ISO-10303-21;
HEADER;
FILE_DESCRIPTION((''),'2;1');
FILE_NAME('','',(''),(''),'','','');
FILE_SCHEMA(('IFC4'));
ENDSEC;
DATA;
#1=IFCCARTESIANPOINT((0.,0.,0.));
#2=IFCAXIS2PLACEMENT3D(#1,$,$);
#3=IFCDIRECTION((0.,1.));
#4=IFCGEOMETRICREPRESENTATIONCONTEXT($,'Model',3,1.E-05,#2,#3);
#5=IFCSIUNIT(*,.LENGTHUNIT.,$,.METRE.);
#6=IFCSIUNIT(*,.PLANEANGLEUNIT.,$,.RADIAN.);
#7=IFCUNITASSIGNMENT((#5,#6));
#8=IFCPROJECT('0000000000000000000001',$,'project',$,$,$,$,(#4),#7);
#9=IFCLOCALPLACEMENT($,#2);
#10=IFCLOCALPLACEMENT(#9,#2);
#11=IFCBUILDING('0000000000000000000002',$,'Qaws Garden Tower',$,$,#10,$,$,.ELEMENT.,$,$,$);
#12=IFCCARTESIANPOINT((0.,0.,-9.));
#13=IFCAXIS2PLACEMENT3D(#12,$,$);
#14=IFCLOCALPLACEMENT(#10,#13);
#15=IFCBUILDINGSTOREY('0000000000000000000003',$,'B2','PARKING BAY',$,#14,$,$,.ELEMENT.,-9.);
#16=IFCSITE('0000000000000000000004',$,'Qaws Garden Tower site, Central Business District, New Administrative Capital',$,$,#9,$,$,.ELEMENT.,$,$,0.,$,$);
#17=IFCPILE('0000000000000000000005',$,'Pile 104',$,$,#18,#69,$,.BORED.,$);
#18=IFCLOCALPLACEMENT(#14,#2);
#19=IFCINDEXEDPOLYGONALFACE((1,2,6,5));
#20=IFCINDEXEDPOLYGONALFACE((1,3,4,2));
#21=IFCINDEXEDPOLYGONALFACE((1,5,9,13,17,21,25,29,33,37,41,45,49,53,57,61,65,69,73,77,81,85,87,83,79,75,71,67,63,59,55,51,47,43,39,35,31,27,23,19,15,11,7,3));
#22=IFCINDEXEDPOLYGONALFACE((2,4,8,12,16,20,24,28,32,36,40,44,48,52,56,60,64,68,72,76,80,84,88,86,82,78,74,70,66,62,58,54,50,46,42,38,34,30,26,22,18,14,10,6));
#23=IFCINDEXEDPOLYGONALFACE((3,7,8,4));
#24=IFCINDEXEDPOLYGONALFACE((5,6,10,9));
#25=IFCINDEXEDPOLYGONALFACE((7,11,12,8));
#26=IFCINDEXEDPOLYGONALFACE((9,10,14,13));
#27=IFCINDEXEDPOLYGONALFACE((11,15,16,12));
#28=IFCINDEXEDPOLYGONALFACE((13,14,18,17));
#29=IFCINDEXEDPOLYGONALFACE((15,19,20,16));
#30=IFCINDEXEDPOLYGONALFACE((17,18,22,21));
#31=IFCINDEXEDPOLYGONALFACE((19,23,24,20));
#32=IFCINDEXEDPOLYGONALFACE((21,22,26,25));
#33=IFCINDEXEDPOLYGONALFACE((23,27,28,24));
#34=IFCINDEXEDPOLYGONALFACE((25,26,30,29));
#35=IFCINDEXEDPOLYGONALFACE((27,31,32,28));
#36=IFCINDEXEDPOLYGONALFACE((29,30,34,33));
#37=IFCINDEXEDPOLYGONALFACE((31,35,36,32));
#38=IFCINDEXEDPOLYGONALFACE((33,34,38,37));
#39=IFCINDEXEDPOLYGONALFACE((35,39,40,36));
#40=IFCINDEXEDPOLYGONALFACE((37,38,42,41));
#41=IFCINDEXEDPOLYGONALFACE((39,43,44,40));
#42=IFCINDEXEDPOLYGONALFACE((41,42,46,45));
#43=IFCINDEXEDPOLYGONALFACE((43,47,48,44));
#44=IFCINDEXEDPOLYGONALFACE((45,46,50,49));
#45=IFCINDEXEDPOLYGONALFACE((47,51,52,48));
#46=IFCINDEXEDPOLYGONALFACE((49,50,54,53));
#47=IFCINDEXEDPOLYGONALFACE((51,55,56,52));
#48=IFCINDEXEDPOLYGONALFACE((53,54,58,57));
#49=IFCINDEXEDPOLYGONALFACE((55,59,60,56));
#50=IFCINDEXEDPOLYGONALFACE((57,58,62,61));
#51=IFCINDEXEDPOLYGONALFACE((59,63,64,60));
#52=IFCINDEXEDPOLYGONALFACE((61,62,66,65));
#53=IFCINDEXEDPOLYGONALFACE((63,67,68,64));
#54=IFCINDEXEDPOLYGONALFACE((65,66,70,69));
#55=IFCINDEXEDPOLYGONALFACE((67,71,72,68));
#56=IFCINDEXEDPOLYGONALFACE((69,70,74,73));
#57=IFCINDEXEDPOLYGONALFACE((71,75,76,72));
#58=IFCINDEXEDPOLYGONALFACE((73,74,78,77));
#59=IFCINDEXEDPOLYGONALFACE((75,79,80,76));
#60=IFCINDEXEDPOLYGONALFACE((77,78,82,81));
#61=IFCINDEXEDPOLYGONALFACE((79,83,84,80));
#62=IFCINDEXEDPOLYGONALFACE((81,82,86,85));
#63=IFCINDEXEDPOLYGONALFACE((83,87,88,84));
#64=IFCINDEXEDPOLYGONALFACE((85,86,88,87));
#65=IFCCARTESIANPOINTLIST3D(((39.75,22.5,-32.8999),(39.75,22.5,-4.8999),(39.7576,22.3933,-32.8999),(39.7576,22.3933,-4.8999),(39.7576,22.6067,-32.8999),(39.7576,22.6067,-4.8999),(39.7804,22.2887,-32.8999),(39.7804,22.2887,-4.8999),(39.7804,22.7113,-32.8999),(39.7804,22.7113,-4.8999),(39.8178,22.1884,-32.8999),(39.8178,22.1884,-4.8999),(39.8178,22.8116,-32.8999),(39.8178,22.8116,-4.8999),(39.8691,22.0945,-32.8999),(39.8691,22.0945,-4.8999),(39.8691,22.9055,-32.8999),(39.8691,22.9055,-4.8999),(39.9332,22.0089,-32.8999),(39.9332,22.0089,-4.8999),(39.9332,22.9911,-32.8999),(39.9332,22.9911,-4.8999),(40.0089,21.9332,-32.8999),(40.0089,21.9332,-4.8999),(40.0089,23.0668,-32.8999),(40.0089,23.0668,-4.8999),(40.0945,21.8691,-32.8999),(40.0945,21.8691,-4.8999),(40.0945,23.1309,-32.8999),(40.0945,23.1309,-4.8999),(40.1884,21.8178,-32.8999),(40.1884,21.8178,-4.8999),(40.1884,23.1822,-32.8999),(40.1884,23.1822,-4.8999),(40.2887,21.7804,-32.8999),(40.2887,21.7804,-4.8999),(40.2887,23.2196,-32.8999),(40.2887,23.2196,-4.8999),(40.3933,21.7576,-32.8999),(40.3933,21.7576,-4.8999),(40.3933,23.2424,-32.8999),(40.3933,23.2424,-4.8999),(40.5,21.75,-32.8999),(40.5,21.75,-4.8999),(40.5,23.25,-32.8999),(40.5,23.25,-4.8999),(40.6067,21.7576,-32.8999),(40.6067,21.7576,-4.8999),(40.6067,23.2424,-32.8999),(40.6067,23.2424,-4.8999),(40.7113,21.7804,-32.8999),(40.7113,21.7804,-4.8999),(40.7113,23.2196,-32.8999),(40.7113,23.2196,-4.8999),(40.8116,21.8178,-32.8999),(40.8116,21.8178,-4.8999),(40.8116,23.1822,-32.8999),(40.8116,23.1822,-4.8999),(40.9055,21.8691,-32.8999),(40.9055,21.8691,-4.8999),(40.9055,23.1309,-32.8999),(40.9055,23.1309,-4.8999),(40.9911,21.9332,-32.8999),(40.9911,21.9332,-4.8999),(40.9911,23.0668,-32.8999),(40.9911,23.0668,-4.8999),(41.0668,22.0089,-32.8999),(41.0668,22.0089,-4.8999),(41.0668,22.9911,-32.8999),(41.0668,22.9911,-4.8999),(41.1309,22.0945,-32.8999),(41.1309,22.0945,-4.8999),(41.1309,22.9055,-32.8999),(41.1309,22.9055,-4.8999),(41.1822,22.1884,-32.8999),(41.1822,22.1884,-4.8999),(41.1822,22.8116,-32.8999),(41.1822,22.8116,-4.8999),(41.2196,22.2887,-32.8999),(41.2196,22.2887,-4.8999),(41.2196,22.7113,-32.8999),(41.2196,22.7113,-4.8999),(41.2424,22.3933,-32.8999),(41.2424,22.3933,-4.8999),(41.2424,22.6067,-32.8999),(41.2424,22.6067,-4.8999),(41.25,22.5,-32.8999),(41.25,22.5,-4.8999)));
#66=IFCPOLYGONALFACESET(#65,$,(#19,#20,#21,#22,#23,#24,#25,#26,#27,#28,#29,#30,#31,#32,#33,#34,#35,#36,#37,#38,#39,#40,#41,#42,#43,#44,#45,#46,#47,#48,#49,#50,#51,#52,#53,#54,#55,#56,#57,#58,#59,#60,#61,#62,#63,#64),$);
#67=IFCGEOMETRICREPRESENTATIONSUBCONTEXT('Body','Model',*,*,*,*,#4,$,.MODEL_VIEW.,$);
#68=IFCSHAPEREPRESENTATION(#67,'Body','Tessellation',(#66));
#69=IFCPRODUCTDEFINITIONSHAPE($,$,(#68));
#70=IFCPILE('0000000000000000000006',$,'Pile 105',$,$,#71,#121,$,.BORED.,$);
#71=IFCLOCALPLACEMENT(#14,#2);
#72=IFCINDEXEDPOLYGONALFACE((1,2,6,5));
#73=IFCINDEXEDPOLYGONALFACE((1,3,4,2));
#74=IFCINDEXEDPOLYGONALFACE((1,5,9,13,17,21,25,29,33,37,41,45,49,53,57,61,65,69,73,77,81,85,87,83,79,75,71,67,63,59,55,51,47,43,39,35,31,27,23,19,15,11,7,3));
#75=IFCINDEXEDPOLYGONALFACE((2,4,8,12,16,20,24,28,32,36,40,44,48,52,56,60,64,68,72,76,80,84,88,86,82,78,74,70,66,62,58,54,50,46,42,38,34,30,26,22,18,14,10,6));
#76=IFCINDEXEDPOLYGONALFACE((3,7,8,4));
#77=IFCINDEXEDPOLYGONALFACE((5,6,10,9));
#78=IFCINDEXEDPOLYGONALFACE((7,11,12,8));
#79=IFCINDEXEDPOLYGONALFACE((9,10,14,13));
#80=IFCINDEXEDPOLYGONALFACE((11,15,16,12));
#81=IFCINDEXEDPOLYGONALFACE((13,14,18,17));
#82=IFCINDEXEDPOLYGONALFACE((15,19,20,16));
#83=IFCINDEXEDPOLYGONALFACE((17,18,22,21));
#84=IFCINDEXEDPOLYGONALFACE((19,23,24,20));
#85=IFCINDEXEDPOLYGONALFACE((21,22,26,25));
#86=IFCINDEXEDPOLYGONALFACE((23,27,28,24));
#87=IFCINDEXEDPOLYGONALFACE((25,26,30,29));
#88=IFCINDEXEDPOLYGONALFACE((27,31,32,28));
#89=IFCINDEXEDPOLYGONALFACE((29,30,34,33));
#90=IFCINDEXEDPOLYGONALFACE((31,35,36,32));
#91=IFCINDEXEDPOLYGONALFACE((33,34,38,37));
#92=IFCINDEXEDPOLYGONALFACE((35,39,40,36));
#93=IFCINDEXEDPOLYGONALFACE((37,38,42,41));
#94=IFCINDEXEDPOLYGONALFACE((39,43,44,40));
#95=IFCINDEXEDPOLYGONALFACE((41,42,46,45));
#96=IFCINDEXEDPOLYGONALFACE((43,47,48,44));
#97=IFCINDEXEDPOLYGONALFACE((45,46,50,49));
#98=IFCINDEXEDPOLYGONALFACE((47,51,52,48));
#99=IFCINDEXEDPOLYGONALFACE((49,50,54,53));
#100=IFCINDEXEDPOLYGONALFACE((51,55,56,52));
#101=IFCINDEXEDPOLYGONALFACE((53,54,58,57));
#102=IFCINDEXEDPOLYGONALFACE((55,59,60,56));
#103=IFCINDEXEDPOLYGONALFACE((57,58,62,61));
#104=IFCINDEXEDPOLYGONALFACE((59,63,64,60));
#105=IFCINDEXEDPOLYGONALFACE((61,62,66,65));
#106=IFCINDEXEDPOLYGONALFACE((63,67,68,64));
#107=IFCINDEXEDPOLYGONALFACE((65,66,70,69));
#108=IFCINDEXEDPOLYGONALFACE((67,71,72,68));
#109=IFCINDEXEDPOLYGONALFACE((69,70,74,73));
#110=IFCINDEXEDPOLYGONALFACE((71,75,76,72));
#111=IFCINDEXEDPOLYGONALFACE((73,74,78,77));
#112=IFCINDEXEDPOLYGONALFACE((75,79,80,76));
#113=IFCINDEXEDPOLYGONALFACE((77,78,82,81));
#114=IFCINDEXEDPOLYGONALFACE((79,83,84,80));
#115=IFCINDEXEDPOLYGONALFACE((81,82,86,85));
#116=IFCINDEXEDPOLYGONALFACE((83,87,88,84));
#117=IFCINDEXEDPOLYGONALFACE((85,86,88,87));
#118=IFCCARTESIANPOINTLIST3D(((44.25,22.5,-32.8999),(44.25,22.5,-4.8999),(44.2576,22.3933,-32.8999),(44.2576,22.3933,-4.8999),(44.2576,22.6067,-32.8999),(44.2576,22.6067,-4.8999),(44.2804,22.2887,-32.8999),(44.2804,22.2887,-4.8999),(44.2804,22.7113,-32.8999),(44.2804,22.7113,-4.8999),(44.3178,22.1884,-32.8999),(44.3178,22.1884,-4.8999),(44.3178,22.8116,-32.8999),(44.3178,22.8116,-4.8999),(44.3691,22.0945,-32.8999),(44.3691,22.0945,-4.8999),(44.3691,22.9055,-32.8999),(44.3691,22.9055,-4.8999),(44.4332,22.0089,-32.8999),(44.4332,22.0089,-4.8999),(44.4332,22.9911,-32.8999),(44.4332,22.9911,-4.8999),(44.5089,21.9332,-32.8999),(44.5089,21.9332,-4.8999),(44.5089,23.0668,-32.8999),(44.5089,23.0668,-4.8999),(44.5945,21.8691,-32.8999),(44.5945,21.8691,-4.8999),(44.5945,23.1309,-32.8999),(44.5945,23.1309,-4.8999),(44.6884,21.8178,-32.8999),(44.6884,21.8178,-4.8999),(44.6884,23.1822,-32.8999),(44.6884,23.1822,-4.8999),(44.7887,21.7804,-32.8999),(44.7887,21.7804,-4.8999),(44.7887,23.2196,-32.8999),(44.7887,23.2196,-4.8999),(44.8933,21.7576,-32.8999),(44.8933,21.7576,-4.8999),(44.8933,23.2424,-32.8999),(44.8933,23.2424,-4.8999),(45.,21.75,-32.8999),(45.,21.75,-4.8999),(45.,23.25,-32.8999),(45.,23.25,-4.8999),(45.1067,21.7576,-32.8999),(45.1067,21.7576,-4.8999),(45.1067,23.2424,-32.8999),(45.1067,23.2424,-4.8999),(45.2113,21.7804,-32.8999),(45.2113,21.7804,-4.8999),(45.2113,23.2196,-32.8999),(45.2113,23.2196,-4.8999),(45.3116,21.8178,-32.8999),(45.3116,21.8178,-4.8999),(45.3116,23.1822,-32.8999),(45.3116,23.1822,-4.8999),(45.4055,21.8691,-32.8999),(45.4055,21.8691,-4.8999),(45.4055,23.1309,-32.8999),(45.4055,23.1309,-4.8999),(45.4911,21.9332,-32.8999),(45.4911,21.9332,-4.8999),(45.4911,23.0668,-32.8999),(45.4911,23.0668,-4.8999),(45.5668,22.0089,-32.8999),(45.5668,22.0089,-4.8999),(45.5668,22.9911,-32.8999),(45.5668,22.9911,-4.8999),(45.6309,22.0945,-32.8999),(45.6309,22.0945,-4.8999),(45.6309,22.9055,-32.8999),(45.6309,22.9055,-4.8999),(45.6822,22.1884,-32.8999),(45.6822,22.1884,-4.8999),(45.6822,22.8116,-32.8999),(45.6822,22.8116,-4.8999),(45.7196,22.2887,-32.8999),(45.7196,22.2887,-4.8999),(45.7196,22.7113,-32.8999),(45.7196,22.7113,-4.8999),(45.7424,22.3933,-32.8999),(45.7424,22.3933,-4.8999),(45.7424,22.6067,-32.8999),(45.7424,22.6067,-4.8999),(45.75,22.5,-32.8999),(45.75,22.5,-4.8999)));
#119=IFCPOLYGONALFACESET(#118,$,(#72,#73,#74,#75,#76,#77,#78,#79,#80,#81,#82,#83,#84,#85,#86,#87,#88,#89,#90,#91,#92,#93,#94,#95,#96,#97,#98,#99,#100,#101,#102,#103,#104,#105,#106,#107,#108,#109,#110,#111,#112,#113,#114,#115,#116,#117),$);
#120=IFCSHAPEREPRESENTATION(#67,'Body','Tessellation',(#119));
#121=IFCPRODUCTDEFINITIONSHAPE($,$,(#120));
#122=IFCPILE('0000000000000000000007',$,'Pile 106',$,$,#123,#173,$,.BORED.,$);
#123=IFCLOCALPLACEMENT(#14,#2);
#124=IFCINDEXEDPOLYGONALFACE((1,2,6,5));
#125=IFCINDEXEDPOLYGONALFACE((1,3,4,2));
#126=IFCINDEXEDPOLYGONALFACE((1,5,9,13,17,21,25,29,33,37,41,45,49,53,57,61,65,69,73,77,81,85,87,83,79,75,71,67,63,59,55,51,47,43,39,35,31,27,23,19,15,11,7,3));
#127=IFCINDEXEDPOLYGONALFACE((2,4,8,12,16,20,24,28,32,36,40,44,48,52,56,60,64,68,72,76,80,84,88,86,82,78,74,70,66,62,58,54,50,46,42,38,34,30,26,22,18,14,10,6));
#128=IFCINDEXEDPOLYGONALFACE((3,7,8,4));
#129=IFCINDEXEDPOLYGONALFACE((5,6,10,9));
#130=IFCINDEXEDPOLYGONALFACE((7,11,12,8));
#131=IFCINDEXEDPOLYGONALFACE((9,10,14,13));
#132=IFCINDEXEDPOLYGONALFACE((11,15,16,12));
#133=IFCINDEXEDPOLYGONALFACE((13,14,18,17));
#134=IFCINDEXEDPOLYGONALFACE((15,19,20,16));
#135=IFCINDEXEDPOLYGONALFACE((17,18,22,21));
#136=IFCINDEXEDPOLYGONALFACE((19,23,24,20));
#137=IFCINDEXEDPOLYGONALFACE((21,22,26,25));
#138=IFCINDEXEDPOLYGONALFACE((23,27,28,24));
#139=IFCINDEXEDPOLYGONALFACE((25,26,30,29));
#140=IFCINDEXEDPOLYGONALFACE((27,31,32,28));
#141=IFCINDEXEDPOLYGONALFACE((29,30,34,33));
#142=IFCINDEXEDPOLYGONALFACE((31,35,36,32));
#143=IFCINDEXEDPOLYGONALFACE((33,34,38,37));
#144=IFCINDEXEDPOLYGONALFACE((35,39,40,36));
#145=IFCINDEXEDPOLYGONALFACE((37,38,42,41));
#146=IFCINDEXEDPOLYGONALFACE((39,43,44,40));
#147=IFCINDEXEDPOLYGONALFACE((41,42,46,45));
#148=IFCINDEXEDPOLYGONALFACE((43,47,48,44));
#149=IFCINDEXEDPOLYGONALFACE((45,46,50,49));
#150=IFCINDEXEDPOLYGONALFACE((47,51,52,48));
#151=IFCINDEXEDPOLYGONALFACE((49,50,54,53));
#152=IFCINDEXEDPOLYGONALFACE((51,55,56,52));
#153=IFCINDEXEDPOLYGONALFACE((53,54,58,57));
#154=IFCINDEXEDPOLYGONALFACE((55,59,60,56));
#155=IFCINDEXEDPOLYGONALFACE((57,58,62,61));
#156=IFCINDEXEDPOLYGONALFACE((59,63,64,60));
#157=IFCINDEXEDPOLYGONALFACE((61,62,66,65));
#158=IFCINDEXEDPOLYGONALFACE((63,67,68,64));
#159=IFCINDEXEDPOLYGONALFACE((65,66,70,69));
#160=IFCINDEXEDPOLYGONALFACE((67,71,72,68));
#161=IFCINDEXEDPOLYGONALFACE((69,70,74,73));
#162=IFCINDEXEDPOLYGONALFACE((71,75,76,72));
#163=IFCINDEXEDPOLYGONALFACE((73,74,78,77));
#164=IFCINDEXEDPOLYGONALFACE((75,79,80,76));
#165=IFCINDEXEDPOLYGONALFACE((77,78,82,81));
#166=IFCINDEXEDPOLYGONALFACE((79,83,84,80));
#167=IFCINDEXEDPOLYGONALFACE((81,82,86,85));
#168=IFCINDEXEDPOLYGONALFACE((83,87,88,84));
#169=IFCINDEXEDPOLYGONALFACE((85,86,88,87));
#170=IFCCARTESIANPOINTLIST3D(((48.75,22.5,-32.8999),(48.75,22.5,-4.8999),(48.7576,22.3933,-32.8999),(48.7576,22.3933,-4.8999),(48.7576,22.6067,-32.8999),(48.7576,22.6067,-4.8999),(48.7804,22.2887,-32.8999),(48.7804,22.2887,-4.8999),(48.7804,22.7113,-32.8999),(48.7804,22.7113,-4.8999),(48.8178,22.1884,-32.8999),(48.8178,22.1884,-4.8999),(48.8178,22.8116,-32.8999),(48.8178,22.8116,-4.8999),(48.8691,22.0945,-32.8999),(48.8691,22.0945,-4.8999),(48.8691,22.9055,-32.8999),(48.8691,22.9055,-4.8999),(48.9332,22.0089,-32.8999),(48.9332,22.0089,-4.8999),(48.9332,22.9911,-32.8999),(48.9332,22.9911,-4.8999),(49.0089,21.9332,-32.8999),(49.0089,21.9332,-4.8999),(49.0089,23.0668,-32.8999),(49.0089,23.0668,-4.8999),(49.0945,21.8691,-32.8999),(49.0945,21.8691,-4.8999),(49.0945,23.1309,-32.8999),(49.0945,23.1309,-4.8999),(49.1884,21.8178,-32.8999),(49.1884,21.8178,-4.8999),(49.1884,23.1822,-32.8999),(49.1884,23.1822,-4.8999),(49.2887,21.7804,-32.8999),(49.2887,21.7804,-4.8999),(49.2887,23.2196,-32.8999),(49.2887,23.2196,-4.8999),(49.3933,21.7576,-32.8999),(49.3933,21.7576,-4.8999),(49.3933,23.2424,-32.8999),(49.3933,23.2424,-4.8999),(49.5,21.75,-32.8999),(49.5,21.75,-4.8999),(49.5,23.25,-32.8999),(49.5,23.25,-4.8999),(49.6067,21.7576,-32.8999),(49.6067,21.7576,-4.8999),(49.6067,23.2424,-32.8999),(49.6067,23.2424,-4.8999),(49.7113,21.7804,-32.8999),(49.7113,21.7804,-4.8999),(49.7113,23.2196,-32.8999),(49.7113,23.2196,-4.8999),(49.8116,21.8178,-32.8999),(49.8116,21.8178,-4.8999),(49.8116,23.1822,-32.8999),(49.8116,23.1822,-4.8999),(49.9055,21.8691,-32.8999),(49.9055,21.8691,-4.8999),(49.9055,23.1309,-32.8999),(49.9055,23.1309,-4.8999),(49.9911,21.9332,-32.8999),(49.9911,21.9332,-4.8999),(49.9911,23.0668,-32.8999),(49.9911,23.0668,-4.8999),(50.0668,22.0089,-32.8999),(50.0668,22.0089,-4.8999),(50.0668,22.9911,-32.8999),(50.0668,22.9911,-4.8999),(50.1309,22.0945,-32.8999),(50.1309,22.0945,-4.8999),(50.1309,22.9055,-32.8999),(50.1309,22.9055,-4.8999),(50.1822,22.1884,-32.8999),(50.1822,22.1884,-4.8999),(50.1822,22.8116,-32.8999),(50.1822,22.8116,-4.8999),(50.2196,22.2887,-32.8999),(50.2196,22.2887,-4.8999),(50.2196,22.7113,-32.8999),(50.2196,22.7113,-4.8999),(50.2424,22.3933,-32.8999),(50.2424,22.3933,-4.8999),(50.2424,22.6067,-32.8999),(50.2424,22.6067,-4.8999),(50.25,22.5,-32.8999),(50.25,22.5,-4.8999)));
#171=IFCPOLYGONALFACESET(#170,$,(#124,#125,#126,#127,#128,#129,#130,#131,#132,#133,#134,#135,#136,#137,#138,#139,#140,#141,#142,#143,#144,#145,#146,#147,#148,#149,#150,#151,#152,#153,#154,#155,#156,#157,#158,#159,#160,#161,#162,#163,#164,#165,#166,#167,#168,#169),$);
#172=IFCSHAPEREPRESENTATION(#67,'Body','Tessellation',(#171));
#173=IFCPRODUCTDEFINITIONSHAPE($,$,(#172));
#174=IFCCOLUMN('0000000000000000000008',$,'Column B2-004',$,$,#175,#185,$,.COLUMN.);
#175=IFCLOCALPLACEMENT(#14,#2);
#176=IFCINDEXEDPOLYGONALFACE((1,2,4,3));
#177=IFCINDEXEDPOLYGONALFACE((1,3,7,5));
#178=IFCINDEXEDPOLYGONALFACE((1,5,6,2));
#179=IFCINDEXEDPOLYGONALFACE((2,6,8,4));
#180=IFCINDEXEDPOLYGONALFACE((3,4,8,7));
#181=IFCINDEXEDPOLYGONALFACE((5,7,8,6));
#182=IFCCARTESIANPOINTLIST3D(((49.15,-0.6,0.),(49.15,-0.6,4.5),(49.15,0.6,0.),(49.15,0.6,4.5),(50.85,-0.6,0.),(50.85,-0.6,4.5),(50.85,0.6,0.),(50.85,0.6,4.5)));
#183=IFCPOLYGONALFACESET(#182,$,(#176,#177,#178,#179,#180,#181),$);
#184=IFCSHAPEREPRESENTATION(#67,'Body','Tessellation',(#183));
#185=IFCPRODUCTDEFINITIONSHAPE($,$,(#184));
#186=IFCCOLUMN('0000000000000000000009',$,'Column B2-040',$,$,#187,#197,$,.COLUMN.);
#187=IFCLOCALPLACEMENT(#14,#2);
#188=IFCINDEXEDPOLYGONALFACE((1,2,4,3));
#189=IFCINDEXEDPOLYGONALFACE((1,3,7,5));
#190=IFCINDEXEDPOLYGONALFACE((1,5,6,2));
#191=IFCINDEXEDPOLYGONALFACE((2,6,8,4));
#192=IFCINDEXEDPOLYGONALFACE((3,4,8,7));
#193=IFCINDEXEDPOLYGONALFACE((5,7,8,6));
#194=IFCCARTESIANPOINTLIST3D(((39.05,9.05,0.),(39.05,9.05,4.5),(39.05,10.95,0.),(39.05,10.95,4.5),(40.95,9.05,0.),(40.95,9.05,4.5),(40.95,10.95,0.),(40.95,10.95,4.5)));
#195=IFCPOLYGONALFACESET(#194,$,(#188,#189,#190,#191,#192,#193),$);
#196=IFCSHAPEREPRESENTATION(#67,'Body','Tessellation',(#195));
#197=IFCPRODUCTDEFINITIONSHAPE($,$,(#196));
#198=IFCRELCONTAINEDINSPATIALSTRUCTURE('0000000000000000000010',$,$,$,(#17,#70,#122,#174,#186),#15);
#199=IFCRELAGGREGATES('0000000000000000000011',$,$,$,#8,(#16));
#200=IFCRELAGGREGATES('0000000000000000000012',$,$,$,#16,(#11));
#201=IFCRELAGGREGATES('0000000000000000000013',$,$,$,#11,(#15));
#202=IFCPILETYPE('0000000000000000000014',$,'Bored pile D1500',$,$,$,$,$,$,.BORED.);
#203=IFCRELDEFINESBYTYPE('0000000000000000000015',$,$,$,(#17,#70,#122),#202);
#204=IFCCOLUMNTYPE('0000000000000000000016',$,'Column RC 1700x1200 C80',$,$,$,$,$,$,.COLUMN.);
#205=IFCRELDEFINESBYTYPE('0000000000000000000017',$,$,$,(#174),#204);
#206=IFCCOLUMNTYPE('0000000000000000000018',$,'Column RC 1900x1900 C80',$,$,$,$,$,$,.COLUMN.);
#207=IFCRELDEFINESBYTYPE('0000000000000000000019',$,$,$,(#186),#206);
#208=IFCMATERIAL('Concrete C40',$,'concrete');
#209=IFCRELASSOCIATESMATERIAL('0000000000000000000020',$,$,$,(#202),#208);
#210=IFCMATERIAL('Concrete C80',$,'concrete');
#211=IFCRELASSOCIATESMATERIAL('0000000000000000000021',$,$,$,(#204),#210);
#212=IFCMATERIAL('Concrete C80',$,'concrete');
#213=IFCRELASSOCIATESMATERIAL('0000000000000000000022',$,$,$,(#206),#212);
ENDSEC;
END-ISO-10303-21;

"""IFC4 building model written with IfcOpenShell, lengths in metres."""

from ifc_helpers import new_model, si_unit, direction, frame, origin, origin_2d, place, context, subcontext, project, spatial, rectangle, circle, extrude, material, material_profile, profile_set, type_object, element, save


model = new_model("IFC4")

# Units and contexts
model_context = context("Model", 3, precision=1e-05, world=origin(), true_north=direction((0.0, 1.0)))
body_context = subcontext(model_context, "Body", "Model", "MODEL_VIEW")
ifc_project = project(units=[si_unit("LENGTHUNIT", "METRE"), si_unit("PLANEANGLEUNIT", "RADIAN")], contexts=[model_context])

# Site, building, storey
site_placement = place(None, origin())
site = spatial("IfcSite", under=ifc_project, at=site_placement, Name="Qaws Garden Tower site, Central Business District, New Administrative Capital", CompositionType="ELEMENT", RefElevation=0.0)
building_placement = place(site_placement, origin())
building = spatial("IfcBuilding", under=site, at=building_placement, Name="Qaws Garden Tower", CompositionType="ELEMENT")
storey_placement = place(building_placement, frame((0.0, 0.0, -9.0)))
storey = spatial("IfcBuildingStorey", under=building, at=storey_placement, Name="B2", Description="PARKING BAY", CompositionType="ELEMENT", Elevation=-9.0)

# Piles
ifc_material_1 = material(Name="Concrete C40", Category="concrete")
ifc_material_profile_1 = material_profile(ifc_material_1, circle(Radius=0.75, at=origin_2d()), Name="Bored pile D1500")
ifc_profile_set_1 = profile_set([ifc_material_profile_1], Name="Concrete C40")
pile_type = type_object("IfcPileType", Name="Bored pile D1500", PredefinedType="BORED", material=ifc_profile_set_1)
for number, where, z_axis, x_axis, name in (
    (1, (40.5, 22.5, -4.8999), (0.0, 0.0, -1.0), (1.0, 0.0, 0.0), "Pile 104"),
    (2, (45.0, 22.5, -4.8999), (0.0, 0.0, -1.0), (1.0, 0.0, 0.0), "Pile 105"),
    (3, (49.5, 22.5, -4.8999), (0.0, 0.0, -1.0), (1.0, 0.0, 0.0), "Pile 106"),
):
    element("IfcPile", number, at=place(storey_placement, frame(where, z_axis=z_axis, x_axis=x_axis)), inside=storey, type_object=pile_type, Name=name, PredefinedType="BORED", context=body_context, shape_type="SweptSolid", body=[
        extrude(circle(Radius=0.75, at=origin_2d()), origin(), (0.0, 0.0, 1.0), 28.0),
    ])

# Columns
ifc_material_2 = material(Name="Concrete C80", Category="concrete")
ifc_material_profile_2 = material_profile(ifc_material_2, rectangle(XDim=1.7, YDim=1.2, at=origin_2d()), Name="RC 1700x1200")
ifc_profile_set_2 = profile_set([ifc_material_profile_2], Name="Concrete C80")
column_type_1 = type_object("IfcColumnType", Name="Column RC 1700x1200 C80", PredefinedType="COLUMN", material=ifc_profile_set_2)
column_placement = place(storey_placement, frame((50.0, 0.0, 0.0), z_axis=(0.0, 0.0, 1.0), x_axis=(1.0, 0.0, 0.0)))
element("IfcColumn", 4, at=column_placement, inside=storey, type_object=column_type_1, Name="Column B2-004", PredefinedType="COLUMN", context=body_context, shape_type="SweptSolid", body=[
    extrude(rectangle(XDim=1.7, YDim=1.2, at=origin_2d()), origin(), (0.0, 0.0, 1.0), 4.5),
])
ifc_material_3 = material(Name="Concrete C80", Category="concrete")
ifc_material_profile_3 = material_profile(ifc_material_3, rectangle(XDim=1.8999, YDim=1.8999, at=origin_2d()), Name="RC 1900x1900")
ifc_profile_set_3 = profile_set([ifc_material_profile_3], Name="Concrete C80")
column_type_2 = type_object("IfcColumnType", Name="Column RC 1900x1900 C80", PredefinedType="COLUMN", material=ifc_profile_set_3)
for number, where, z_axis, x_axis, name in (
    (5, (40.0, 10.0, 0.0), (0.0, 0.0, 1.0), (1.0, 0.0, 0.0), "Column B2-040"),
):
    element("IfcColumn", number, at=place(storey_placement, frame(where, z_axis=z_axis, x_axis=x_axis)), inside=storey, type_object=column_type_2, Name=name, PredefinedType="COLUMN", context=body_context, shape_type="SweptSolid", body=[
        extrude(rectangle(XDim=1.8999, YDim=1.8999, at=origin_2d()), origin(), (0.0, 0.0, 1.0), 4.5),
    ])

save(model, "model.ifc")
